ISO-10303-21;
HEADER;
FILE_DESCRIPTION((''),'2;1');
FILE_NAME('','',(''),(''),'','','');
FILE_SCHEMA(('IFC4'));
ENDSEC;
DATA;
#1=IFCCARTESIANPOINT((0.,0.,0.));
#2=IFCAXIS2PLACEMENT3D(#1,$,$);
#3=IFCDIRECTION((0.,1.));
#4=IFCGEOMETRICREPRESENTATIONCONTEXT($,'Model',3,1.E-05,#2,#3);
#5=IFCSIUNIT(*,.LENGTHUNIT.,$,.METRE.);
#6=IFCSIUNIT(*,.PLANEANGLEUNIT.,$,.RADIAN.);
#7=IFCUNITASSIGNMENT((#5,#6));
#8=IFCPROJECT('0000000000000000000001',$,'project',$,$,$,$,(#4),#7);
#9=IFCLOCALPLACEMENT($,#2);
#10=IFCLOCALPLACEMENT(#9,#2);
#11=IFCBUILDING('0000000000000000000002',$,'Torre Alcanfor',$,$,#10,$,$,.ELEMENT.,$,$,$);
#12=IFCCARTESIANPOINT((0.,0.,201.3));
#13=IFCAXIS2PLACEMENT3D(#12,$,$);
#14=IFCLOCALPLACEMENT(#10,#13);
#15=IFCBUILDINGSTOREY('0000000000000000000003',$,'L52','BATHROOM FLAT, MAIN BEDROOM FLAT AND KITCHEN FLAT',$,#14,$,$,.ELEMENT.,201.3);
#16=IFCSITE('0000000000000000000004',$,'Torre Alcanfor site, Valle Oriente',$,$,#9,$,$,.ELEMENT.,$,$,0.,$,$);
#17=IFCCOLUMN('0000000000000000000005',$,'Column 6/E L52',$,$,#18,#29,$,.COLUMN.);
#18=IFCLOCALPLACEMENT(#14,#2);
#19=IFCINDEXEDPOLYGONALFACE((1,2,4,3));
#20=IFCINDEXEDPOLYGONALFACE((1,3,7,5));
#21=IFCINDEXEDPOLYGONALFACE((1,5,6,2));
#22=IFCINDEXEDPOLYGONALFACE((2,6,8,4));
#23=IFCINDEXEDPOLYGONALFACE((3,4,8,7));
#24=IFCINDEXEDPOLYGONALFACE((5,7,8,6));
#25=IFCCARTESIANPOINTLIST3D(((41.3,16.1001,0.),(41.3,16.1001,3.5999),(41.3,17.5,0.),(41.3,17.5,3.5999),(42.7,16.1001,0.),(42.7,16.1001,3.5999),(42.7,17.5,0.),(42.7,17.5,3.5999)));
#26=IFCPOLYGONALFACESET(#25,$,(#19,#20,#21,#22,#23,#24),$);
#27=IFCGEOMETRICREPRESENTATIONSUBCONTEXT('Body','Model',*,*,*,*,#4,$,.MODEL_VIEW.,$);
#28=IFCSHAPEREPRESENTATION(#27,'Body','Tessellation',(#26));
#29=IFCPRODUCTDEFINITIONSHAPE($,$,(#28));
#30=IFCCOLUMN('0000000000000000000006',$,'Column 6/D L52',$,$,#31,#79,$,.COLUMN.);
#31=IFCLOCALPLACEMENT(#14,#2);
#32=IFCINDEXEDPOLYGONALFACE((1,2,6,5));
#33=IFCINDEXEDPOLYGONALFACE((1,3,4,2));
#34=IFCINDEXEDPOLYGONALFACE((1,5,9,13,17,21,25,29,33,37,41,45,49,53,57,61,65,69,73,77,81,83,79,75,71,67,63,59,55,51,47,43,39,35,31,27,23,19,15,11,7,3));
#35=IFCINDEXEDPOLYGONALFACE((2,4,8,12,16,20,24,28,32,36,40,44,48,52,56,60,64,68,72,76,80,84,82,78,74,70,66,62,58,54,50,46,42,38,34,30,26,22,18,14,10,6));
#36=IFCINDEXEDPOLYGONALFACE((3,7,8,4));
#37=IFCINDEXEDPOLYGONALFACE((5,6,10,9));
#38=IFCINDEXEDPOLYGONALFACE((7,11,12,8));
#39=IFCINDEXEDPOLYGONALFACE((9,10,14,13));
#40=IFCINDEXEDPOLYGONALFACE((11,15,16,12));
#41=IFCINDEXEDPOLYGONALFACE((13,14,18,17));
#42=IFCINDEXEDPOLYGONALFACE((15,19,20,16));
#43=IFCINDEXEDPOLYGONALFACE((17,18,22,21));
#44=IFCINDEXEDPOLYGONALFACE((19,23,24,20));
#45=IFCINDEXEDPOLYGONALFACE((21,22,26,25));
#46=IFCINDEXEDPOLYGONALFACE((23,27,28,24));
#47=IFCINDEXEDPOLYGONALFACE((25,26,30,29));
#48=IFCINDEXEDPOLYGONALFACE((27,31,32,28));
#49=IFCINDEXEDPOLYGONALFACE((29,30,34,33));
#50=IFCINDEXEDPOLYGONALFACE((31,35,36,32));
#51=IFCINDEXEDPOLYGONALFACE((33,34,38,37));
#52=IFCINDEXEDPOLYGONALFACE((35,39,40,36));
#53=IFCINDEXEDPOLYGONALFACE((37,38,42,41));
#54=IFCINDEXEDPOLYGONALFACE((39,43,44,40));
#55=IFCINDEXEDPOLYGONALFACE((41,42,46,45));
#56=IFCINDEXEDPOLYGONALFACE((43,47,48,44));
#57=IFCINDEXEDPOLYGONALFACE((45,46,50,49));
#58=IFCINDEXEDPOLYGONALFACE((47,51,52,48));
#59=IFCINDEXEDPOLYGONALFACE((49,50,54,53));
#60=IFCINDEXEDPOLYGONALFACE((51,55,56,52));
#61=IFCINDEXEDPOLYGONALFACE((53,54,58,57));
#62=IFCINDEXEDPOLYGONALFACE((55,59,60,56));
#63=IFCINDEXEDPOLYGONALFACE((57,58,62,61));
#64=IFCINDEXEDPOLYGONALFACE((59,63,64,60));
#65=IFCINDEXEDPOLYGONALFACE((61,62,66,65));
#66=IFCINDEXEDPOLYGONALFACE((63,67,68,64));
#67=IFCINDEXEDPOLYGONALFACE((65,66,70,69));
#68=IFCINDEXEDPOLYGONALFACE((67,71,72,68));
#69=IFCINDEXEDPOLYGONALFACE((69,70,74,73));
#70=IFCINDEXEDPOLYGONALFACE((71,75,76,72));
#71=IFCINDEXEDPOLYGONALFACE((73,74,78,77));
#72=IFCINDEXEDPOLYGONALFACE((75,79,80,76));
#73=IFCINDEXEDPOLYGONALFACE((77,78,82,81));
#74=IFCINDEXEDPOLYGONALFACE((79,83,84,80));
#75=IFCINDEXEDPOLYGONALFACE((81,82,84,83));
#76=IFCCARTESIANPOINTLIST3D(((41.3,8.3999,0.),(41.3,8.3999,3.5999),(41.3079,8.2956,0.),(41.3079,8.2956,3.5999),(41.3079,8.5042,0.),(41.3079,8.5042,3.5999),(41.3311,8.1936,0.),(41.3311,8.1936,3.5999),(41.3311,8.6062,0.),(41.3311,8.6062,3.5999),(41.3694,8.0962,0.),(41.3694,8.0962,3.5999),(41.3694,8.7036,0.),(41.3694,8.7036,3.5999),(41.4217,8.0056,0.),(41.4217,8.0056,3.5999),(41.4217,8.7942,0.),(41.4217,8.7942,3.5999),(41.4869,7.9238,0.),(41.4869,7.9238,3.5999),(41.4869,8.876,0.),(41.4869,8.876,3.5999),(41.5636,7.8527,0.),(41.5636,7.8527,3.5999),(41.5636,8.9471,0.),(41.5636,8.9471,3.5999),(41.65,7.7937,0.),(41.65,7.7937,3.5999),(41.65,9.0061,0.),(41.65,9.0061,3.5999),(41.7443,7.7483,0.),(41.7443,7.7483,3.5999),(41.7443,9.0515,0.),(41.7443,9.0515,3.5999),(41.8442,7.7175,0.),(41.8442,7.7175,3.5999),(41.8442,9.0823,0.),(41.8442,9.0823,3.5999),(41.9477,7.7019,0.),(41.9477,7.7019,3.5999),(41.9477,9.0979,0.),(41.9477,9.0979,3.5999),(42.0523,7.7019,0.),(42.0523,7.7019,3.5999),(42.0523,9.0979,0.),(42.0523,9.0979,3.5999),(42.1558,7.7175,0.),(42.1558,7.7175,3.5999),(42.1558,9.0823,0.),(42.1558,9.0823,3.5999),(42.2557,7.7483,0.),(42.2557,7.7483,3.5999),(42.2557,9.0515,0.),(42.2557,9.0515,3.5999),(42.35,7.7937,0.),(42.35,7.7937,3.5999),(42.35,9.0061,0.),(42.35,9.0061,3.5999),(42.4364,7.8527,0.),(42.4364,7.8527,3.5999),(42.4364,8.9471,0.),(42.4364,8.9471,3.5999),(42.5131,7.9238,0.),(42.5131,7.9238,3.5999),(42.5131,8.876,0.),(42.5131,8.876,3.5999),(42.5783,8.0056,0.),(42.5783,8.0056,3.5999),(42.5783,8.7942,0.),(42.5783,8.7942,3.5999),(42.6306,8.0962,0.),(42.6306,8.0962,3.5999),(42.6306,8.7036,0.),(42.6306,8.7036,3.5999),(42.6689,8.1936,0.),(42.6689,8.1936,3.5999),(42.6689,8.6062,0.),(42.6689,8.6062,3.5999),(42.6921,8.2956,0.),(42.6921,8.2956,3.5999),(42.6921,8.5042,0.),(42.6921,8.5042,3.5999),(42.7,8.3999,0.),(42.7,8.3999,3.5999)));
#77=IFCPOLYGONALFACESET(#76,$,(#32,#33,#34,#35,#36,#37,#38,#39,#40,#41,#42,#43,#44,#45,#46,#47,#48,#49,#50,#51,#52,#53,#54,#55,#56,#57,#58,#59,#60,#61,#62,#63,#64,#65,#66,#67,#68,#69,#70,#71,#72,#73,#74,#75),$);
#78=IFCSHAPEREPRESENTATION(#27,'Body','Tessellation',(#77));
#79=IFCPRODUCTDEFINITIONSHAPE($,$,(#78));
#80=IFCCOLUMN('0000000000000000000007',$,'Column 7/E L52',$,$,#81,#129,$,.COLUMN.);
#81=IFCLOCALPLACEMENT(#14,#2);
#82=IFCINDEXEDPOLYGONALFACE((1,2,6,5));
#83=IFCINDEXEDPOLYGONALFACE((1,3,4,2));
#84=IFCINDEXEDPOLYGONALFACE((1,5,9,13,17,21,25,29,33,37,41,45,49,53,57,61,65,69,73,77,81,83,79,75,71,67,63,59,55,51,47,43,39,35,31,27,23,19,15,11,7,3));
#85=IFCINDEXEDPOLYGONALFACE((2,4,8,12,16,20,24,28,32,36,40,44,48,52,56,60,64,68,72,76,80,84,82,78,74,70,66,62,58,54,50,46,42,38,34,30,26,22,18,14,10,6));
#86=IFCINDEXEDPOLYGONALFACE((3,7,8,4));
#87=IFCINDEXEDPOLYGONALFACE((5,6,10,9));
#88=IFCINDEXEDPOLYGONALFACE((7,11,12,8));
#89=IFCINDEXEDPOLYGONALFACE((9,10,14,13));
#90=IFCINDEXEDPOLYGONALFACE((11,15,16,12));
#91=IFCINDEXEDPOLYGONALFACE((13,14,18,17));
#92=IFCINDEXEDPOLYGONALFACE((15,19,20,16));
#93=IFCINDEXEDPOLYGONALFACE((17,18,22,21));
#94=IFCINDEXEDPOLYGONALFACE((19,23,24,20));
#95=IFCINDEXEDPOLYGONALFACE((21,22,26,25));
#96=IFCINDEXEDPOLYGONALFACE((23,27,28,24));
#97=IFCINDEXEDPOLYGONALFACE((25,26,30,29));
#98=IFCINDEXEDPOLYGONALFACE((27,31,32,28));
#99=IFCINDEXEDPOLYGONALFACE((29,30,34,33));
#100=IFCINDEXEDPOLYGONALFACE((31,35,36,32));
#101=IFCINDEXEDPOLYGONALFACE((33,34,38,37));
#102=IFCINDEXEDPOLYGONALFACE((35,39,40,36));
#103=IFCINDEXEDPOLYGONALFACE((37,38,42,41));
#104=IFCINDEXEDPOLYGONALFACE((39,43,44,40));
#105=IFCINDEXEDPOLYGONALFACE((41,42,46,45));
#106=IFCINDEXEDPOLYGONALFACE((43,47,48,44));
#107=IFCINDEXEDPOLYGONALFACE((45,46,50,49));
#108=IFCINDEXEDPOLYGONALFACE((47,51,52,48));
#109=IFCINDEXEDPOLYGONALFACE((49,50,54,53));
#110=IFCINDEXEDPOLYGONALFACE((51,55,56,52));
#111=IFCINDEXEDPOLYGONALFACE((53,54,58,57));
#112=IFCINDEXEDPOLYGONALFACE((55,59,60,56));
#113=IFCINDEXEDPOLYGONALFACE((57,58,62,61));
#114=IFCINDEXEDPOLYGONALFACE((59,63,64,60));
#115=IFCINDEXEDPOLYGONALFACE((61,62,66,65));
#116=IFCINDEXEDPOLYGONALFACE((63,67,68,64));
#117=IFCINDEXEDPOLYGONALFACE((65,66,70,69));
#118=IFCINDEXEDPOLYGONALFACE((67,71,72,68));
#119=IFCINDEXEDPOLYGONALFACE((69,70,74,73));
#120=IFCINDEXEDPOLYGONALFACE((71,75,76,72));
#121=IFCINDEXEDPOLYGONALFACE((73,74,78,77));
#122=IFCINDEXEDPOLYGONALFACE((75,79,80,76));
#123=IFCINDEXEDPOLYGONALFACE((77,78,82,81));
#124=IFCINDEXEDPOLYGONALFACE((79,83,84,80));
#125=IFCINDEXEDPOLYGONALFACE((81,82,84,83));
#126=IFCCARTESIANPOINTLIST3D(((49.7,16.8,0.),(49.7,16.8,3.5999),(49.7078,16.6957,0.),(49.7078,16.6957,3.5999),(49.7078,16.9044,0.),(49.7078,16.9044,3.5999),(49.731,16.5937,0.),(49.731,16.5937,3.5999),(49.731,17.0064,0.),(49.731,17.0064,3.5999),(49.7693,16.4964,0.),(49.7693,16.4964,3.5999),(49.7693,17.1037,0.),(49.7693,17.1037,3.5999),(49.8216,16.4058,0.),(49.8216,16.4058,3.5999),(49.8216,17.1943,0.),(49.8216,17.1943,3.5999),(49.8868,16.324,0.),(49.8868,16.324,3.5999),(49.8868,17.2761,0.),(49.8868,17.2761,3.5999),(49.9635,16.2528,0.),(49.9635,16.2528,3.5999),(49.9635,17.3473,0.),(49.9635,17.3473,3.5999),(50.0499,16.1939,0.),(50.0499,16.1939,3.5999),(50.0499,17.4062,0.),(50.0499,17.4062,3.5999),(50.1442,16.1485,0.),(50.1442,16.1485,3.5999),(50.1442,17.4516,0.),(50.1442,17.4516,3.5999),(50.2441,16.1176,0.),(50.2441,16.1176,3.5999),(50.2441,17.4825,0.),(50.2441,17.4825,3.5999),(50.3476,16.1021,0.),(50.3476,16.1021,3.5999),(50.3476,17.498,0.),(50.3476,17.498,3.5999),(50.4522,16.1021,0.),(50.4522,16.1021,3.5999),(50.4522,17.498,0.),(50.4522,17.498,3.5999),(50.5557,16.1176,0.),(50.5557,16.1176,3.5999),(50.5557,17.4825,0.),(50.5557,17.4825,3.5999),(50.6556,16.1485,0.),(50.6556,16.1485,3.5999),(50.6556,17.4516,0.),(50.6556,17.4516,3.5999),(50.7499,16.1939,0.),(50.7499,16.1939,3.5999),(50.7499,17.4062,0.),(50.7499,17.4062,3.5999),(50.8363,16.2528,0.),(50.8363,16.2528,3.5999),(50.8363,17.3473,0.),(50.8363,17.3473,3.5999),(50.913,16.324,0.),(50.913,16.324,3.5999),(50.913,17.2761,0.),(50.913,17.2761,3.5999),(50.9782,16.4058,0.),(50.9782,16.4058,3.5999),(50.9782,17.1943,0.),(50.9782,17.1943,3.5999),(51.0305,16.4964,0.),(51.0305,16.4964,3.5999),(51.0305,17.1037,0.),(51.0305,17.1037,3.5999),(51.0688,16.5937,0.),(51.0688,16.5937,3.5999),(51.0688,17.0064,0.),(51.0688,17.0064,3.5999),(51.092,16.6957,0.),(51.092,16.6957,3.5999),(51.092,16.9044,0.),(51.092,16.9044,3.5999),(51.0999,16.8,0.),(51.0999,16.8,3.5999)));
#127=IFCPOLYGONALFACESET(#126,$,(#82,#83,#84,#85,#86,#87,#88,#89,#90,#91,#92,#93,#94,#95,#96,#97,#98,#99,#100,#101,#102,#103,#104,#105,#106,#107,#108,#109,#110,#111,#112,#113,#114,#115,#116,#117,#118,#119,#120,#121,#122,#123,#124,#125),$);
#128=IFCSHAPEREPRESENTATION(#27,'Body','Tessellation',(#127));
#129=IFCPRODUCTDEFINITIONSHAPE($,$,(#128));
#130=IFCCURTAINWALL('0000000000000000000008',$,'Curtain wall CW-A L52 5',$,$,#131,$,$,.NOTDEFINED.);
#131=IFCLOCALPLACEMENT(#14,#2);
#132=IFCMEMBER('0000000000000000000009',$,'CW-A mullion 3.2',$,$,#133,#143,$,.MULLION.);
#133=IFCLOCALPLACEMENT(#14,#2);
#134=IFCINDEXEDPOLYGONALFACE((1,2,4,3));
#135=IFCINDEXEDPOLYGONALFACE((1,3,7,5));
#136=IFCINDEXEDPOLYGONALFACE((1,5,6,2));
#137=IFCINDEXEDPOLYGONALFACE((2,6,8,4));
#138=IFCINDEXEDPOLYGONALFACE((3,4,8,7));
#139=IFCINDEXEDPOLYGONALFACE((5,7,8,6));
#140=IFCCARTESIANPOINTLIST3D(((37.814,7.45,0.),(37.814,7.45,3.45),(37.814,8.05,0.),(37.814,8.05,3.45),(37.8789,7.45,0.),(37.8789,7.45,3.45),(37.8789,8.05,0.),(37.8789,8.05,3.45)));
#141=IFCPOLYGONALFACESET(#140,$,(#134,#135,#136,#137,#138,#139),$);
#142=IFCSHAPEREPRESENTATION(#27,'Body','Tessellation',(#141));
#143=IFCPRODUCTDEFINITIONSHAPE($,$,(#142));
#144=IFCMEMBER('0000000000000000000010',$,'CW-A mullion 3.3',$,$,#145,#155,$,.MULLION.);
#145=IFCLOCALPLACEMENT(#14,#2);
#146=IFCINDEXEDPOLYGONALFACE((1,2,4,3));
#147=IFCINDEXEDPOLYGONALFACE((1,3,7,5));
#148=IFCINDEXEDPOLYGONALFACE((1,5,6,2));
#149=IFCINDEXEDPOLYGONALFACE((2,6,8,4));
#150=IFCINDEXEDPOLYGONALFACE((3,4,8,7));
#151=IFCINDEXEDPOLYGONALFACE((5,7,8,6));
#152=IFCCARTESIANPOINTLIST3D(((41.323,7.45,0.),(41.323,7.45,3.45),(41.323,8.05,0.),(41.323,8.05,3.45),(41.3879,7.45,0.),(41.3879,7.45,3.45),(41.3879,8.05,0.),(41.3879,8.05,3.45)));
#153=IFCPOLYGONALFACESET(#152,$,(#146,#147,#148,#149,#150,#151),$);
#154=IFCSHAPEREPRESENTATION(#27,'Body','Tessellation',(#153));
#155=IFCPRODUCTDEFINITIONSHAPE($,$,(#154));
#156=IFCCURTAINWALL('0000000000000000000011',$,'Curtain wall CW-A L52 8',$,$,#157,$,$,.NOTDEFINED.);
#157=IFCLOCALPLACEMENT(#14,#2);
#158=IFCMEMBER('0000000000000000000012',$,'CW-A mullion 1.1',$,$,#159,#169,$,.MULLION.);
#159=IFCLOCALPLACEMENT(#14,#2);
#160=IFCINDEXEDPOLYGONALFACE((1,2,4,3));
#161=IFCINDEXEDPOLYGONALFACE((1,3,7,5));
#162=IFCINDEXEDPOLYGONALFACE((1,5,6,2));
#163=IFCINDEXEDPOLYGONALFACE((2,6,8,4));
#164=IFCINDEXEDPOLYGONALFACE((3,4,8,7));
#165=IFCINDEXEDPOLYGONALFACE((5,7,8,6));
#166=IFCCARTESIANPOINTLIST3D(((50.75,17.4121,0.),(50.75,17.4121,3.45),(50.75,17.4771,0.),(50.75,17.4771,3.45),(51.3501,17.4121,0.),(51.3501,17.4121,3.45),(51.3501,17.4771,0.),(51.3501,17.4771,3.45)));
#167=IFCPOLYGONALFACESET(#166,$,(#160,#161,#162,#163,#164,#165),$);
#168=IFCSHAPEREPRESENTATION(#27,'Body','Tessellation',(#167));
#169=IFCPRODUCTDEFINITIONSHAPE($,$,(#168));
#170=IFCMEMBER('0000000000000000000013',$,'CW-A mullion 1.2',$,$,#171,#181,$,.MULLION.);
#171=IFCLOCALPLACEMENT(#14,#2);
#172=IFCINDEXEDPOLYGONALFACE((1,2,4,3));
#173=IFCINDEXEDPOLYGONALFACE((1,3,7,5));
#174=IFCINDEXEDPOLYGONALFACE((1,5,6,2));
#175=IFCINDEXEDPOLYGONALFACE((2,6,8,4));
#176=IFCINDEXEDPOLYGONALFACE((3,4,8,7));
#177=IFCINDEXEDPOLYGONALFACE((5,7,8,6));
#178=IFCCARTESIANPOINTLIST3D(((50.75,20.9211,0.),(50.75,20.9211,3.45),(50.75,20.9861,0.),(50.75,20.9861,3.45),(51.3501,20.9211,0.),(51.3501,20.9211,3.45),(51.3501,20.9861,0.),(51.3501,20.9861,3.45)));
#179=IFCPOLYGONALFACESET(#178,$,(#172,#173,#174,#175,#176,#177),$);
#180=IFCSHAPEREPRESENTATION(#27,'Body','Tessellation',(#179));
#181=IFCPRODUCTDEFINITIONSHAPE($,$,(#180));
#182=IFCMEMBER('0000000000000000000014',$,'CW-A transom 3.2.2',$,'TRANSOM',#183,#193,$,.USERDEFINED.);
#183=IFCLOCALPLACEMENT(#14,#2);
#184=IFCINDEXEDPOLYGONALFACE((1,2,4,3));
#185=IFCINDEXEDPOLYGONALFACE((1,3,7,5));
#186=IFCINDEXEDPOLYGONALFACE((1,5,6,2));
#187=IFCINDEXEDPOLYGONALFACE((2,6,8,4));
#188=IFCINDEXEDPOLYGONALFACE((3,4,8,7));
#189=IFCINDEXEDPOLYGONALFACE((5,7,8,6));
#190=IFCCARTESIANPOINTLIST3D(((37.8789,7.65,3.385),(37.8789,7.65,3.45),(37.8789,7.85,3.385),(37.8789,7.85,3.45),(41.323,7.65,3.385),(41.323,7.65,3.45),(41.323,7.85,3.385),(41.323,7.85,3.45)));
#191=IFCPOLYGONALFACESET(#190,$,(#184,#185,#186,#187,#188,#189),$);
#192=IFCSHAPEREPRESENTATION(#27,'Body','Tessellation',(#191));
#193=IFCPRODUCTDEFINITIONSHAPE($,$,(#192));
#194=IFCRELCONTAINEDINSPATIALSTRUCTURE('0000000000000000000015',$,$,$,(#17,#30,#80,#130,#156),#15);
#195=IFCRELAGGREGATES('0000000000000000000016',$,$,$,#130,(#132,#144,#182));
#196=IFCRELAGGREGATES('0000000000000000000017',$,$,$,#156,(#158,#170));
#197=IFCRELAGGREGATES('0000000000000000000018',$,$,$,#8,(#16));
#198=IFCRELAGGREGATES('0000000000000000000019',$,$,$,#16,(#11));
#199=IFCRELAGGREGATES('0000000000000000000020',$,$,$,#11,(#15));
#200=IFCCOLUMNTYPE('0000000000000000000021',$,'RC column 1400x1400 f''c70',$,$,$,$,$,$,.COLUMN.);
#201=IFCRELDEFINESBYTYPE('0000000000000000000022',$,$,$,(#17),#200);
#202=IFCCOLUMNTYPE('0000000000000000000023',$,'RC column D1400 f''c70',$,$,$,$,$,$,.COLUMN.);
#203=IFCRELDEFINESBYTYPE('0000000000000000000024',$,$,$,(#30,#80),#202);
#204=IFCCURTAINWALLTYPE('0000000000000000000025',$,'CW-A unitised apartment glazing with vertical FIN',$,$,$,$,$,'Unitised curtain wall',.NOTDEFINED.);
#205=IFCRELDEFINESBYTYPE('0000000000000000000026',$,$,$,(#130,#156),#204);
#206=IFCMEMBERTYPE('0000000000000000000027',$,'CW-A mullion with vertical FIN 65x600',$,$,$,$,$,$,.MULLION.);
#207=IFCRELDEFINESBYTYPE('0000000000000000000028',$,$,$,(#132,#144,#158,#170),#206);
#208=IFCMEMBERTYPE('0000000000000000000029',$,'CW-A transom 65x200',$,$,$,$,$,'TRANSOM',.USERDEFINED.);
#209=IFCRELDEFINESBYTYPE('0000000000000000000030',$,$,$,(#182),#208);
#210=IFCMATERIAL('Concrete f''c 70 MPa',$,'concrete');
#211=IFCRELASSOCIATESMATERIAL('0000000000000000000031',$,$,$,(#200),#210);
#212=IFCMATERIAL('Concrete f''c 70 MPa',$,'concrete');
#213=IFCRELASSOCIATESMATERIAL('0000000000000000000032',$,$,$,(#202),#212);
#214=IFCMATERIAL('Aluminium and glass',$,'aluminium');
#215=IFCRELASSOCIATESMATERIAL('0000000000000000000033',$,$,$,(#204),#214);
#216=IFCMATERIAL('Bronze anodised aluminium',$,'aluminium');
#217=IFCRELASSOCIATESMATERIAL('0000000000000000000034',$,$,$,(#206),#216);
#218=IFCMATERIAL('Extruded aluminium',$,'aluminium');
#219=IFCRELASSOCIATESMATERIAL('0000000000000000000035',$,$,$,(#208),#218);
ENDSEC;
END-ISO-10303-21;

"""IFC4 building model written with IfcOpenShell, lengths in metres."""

from ifc_helpers import new_model, si_unit, direction, frame, origin, origin_2d, place, context, subcontext, project, spatial, rectangle, circle, extrude, material, material_profile, profile_set, type_object, element, aggregate, save


model = new_model("IFC4")

# Units and contexts
model_context = context("Model", 3, precision=1e-05, world=origin(), true_north=direction((0.0, 1.0)))
body_context = subcontext(model_context, "Body", "Model", "MODEL_VIEW")
ifc_project = project(units=[si_unit("LENGTHUNIT", "METRE"), si_unit("PLANEANGLEUNIT", "RADIAN")], contexts=[model_context])

# Site, building, storey
site_placement = place(None, origin())
site = spatial("IfcSite", under=ifc_project, at=site_placement, Name="Torre Alcanfor site, Valle Oriente", CompositionType="ELEMENT", RefElevation=0.0)
building_placement = place(site_placement, origin())
building = spatial("IfcBuilding", under=site, at=building_placement, Name="Torre Alcanfor", CompositionType="ELEMENT")
storey_placement = place(building_placement, frame((0.0, 0.0, 201.3)))
storey = spatial("IfcBuildingStorey", under=building, at=storey_placement, Name="L52", Description="BATHROOM FLAT, MAIN BEDROOM FLAT AND KITCHEN FLAT", CompositionType="ELEMENT", Elevation=201.3)

# Columns
ifc_material_1 = material(Name="Concrete f'c 70 MPa", Category="concrete")
ifc_material_profile_1 = material_profile(ifc_material_1, rectangle(XDim=1.3999, YDim=1.3999, at=origin_2d()), Name="1400x1400")
ifc_profile_set_1 = profile_set([ifc_material_profile_1], Name="Concrete f'c 70 MPa")
column_type_1 = type_object("IfcColumnType", Name="RC column 1400x1400 f'c70", PredefinedType="COLUMN", material=ifc_profile_set_1)
column_placement = place(storey_placement, frame((42.0, 16.8, 0.0), z_axis=(0.0, 0.0, 1.0), x_axis=(1.0, 0.0, 0.0)))
element("IfcColumn", 1, at=column_placement, inside=storey, type_object=column_type_1, Name="Column 6/E L52", PredefinedType="COLUMN", context=body_context, shape_type="SweptSolid", body=[
    extrude(rectangle(XDim=1.3999, YDim=1.3999, at=origin_2d()), origin(), (0.0, 0.0, 1.0), 3.5999),
])
ifc_material_2 = material(Name="Concrete f'c 70 MPa", Category="concrete")
ifc_material_profile_2 = material_profile(ifc_material_2, circle(Radius=0.7, at=origin_2d()), Name="D1400")
ifc_profile_set_2 = profile_set([ifc_material_profile_2], Name="Concrete f'c 70 MPa")
column_type_2 = type_object("IfcColumnType", Name="RC column D1400 f'c70", PredefinedType="COLUMN", material=ifc_profile_set_2)
for number, where, z_axis, x_axis, name in (
    (2, (42.0, 8.3999, 0.0), (0.0, 0.0, 1.0), (1.0, 0.0, 0.0), "Column 6/D L52"),
    (3, (50.3999, 16.8, 0.0), (0.0, 0.0, 1.0), (1.0, 0.0, 0.0), "Column 7/E L52"),
):
    element("IfcColumn", number, at=place(storey_placement, frame(where, z_axis=z_axis, x_axis=x_axis)), inside=storey, type_object=column_type_2, Name=name, PredefinedType="COLUMN", context=body_context, shape_type="SweptSolid", body=[
        extrude(circle(Radius=0.7, at=origin_2d()), origin(), (0.0, 0.0, 1.0), 3.5999),
    ])

# Curtain walls, members
ifc_material_3 = material(Name="Aluminium and glass", Category="aluminium")
curtain_wall_type = type_object("IfcCurtainWallType", Name="CW-A unitised apartment glazing with vertical FIN", ElementType="Unitised curtain wall", PredefinedType="NOTDEFINED", material=ifc_material_3)
curtain_wall_1_placement = place(storey_placement, origin())
curtain_wall_1 = element("IfcCurtainWall", 4, at=curtain_wall_1_placement, inside=storey, type_object=curtain_wall_type, Name="Curtain wall CW-A L52 5", PredefinedType="NOTDEFINED")
ifc_material_4 = material(Name="Bronze anodised aluminium", Category="aluminium")
ifc_material_profile_3 = material_profile(ifc_material_4, rectangle(XDim=0.6001, YDim=0.0649, at=origin_2d()), Name="CW-A mullion 65x600")
ifc_profile_set_3 = profile_set([ifc_material_profile_3], Name="Bronze anodised aluminium")
member_type_1 = type_object("IfcMemberType", Name="CW-A mullion with vertical FIN 65x600", PredefinedType="MULLION", material=ifc_profile_set_3)
member_1_placement = place(storey_placement, frame((37.8464, 7.75, 0.0), z_axis=(0.0, 0.0, 1.0), x_axis=(0.0, 1.0, 0.0)))
member_1 = element("IfcMember", 5, at=member_1_placement, type_object=member_type_1, Name="CW-A mullion 3.2", PredefinedType="MULLION", context=body_context, shape_type="SweptSolid", body=[
    extrude(rectangle(XDim=0.6001, YDim=0.0649, at=origin_2d()), origin(), (0.0, 0.0, 1.0), 3.45),
])
member_2_placement = place(storey_placement, frame((41.3555, 7.75, 0.0), z_axis=(0.0, 0.0, 1.0), x_axis=(0.0, 1.0, 0.0)))
member_2 = element("IfcMember", 6, at=member_2_placement, type_object=member_type_1, Name="CW-A mullion 3.3", PredefinedType="MULLION", context=body_context, shape_type="SweptSolid", body=[
    extrude(rectangle(XDim=0.6001, YDim=0.0649, at=origin_2d()), origin(), (0.0, 0.0, 1.0), 3.45),
])
curtain_wall_2_placement = place(storey_placement, origin())
curtain_wall_2 = element("IfcCurtainWall", 7, at=curtain_wall_2_placement, inside=storey, type_object=curtain_wall_type, Name="Curtain wall CW-A L52 8", PredefinedType="NOTDEFINED")
member_3_placement = place(storey_placement, frame((51.05, 17.4446, 0.0), z_axis=(0.0, 0.0, 1.0), x_axis=(-1.0, 0.0, 0.0)))
member_3 = element("IfcMember", 8, at=member_3_placement, type_object=member_type_1, Name="CW-A mullion 1.1", PredefinedType="MULLION", context=body_context, shape_type="SweptSolid", body=[
    extrude(rectangle(XDim=0.6001, YDim=0.0649, at=origin_2d()), origin(), (0.0, 0.0, 1.0), 3.45),
])
member_4_placement = place(storey_placement, frame((51.05, 20.9536, 0.0), z_axis=(0.0, 0.0, 1.0), x_axis=(-1.0, 0.0, 0.0)))
member_4 = element("IfcMember", 9, at=member_4_placement, type_object=member_type_1, Name="CW-A mullion 1.2", PredefinedType="MULLION", context=body_context, shape_type="SweptSolid", body=[
    extrude(rectangle(XDim=0.6001, YDim=0.0649, at=origin_2d()), origin(), (0.0, 0.0, 1.0), 3.45),
])

# Member
ifc_material_5 = material(Name="Extruded aluminium", Category="aluminium")
ifc_material_profile_4 = material_profile(ifc_material_5, rectangle(XDim=0.2, YDim=0.0649, at=origin_2d()), Name="CW-A transom 200x65")
ifc_profile_set_4 = profile_set([ifc_material_profile_4], Name="Extruded aluminium")
member_type_2 = type_object("IfcMemberType", Name="CW-A transom 65x200", ElementType="TRANSOM", PredefinedType="USERDEFINED", material=ifc_profile_set_4)
member_5_placement = place(storey_placement, frame((37.8789, 7.75, 3.4175), z_axis=(1.0, 0.0, 0.0), x_axis=(0.0, 1.0, 0.0)))
member_5 = element("IfcMember", 10, at=member_5_placement, type_object=member_type_2, Name="CW-A transom 3.2.2", ObjectType="TRANSOM", PredefinedType="USERDEFINED", context=body_context, shape_type="SweptSolid", body=[
    extrude(rectangle(XDim=0.2, YDim=0.0649, at=origin_2d()), origin(), (0.0, 0.0, 1.0), 3.4441),
])

aggregate(curtain_wall_1, [member_1, member_2, member_5])
aggregate(curtain_wall_2, [member_3, member_4])

save(model, "model.ifc")
